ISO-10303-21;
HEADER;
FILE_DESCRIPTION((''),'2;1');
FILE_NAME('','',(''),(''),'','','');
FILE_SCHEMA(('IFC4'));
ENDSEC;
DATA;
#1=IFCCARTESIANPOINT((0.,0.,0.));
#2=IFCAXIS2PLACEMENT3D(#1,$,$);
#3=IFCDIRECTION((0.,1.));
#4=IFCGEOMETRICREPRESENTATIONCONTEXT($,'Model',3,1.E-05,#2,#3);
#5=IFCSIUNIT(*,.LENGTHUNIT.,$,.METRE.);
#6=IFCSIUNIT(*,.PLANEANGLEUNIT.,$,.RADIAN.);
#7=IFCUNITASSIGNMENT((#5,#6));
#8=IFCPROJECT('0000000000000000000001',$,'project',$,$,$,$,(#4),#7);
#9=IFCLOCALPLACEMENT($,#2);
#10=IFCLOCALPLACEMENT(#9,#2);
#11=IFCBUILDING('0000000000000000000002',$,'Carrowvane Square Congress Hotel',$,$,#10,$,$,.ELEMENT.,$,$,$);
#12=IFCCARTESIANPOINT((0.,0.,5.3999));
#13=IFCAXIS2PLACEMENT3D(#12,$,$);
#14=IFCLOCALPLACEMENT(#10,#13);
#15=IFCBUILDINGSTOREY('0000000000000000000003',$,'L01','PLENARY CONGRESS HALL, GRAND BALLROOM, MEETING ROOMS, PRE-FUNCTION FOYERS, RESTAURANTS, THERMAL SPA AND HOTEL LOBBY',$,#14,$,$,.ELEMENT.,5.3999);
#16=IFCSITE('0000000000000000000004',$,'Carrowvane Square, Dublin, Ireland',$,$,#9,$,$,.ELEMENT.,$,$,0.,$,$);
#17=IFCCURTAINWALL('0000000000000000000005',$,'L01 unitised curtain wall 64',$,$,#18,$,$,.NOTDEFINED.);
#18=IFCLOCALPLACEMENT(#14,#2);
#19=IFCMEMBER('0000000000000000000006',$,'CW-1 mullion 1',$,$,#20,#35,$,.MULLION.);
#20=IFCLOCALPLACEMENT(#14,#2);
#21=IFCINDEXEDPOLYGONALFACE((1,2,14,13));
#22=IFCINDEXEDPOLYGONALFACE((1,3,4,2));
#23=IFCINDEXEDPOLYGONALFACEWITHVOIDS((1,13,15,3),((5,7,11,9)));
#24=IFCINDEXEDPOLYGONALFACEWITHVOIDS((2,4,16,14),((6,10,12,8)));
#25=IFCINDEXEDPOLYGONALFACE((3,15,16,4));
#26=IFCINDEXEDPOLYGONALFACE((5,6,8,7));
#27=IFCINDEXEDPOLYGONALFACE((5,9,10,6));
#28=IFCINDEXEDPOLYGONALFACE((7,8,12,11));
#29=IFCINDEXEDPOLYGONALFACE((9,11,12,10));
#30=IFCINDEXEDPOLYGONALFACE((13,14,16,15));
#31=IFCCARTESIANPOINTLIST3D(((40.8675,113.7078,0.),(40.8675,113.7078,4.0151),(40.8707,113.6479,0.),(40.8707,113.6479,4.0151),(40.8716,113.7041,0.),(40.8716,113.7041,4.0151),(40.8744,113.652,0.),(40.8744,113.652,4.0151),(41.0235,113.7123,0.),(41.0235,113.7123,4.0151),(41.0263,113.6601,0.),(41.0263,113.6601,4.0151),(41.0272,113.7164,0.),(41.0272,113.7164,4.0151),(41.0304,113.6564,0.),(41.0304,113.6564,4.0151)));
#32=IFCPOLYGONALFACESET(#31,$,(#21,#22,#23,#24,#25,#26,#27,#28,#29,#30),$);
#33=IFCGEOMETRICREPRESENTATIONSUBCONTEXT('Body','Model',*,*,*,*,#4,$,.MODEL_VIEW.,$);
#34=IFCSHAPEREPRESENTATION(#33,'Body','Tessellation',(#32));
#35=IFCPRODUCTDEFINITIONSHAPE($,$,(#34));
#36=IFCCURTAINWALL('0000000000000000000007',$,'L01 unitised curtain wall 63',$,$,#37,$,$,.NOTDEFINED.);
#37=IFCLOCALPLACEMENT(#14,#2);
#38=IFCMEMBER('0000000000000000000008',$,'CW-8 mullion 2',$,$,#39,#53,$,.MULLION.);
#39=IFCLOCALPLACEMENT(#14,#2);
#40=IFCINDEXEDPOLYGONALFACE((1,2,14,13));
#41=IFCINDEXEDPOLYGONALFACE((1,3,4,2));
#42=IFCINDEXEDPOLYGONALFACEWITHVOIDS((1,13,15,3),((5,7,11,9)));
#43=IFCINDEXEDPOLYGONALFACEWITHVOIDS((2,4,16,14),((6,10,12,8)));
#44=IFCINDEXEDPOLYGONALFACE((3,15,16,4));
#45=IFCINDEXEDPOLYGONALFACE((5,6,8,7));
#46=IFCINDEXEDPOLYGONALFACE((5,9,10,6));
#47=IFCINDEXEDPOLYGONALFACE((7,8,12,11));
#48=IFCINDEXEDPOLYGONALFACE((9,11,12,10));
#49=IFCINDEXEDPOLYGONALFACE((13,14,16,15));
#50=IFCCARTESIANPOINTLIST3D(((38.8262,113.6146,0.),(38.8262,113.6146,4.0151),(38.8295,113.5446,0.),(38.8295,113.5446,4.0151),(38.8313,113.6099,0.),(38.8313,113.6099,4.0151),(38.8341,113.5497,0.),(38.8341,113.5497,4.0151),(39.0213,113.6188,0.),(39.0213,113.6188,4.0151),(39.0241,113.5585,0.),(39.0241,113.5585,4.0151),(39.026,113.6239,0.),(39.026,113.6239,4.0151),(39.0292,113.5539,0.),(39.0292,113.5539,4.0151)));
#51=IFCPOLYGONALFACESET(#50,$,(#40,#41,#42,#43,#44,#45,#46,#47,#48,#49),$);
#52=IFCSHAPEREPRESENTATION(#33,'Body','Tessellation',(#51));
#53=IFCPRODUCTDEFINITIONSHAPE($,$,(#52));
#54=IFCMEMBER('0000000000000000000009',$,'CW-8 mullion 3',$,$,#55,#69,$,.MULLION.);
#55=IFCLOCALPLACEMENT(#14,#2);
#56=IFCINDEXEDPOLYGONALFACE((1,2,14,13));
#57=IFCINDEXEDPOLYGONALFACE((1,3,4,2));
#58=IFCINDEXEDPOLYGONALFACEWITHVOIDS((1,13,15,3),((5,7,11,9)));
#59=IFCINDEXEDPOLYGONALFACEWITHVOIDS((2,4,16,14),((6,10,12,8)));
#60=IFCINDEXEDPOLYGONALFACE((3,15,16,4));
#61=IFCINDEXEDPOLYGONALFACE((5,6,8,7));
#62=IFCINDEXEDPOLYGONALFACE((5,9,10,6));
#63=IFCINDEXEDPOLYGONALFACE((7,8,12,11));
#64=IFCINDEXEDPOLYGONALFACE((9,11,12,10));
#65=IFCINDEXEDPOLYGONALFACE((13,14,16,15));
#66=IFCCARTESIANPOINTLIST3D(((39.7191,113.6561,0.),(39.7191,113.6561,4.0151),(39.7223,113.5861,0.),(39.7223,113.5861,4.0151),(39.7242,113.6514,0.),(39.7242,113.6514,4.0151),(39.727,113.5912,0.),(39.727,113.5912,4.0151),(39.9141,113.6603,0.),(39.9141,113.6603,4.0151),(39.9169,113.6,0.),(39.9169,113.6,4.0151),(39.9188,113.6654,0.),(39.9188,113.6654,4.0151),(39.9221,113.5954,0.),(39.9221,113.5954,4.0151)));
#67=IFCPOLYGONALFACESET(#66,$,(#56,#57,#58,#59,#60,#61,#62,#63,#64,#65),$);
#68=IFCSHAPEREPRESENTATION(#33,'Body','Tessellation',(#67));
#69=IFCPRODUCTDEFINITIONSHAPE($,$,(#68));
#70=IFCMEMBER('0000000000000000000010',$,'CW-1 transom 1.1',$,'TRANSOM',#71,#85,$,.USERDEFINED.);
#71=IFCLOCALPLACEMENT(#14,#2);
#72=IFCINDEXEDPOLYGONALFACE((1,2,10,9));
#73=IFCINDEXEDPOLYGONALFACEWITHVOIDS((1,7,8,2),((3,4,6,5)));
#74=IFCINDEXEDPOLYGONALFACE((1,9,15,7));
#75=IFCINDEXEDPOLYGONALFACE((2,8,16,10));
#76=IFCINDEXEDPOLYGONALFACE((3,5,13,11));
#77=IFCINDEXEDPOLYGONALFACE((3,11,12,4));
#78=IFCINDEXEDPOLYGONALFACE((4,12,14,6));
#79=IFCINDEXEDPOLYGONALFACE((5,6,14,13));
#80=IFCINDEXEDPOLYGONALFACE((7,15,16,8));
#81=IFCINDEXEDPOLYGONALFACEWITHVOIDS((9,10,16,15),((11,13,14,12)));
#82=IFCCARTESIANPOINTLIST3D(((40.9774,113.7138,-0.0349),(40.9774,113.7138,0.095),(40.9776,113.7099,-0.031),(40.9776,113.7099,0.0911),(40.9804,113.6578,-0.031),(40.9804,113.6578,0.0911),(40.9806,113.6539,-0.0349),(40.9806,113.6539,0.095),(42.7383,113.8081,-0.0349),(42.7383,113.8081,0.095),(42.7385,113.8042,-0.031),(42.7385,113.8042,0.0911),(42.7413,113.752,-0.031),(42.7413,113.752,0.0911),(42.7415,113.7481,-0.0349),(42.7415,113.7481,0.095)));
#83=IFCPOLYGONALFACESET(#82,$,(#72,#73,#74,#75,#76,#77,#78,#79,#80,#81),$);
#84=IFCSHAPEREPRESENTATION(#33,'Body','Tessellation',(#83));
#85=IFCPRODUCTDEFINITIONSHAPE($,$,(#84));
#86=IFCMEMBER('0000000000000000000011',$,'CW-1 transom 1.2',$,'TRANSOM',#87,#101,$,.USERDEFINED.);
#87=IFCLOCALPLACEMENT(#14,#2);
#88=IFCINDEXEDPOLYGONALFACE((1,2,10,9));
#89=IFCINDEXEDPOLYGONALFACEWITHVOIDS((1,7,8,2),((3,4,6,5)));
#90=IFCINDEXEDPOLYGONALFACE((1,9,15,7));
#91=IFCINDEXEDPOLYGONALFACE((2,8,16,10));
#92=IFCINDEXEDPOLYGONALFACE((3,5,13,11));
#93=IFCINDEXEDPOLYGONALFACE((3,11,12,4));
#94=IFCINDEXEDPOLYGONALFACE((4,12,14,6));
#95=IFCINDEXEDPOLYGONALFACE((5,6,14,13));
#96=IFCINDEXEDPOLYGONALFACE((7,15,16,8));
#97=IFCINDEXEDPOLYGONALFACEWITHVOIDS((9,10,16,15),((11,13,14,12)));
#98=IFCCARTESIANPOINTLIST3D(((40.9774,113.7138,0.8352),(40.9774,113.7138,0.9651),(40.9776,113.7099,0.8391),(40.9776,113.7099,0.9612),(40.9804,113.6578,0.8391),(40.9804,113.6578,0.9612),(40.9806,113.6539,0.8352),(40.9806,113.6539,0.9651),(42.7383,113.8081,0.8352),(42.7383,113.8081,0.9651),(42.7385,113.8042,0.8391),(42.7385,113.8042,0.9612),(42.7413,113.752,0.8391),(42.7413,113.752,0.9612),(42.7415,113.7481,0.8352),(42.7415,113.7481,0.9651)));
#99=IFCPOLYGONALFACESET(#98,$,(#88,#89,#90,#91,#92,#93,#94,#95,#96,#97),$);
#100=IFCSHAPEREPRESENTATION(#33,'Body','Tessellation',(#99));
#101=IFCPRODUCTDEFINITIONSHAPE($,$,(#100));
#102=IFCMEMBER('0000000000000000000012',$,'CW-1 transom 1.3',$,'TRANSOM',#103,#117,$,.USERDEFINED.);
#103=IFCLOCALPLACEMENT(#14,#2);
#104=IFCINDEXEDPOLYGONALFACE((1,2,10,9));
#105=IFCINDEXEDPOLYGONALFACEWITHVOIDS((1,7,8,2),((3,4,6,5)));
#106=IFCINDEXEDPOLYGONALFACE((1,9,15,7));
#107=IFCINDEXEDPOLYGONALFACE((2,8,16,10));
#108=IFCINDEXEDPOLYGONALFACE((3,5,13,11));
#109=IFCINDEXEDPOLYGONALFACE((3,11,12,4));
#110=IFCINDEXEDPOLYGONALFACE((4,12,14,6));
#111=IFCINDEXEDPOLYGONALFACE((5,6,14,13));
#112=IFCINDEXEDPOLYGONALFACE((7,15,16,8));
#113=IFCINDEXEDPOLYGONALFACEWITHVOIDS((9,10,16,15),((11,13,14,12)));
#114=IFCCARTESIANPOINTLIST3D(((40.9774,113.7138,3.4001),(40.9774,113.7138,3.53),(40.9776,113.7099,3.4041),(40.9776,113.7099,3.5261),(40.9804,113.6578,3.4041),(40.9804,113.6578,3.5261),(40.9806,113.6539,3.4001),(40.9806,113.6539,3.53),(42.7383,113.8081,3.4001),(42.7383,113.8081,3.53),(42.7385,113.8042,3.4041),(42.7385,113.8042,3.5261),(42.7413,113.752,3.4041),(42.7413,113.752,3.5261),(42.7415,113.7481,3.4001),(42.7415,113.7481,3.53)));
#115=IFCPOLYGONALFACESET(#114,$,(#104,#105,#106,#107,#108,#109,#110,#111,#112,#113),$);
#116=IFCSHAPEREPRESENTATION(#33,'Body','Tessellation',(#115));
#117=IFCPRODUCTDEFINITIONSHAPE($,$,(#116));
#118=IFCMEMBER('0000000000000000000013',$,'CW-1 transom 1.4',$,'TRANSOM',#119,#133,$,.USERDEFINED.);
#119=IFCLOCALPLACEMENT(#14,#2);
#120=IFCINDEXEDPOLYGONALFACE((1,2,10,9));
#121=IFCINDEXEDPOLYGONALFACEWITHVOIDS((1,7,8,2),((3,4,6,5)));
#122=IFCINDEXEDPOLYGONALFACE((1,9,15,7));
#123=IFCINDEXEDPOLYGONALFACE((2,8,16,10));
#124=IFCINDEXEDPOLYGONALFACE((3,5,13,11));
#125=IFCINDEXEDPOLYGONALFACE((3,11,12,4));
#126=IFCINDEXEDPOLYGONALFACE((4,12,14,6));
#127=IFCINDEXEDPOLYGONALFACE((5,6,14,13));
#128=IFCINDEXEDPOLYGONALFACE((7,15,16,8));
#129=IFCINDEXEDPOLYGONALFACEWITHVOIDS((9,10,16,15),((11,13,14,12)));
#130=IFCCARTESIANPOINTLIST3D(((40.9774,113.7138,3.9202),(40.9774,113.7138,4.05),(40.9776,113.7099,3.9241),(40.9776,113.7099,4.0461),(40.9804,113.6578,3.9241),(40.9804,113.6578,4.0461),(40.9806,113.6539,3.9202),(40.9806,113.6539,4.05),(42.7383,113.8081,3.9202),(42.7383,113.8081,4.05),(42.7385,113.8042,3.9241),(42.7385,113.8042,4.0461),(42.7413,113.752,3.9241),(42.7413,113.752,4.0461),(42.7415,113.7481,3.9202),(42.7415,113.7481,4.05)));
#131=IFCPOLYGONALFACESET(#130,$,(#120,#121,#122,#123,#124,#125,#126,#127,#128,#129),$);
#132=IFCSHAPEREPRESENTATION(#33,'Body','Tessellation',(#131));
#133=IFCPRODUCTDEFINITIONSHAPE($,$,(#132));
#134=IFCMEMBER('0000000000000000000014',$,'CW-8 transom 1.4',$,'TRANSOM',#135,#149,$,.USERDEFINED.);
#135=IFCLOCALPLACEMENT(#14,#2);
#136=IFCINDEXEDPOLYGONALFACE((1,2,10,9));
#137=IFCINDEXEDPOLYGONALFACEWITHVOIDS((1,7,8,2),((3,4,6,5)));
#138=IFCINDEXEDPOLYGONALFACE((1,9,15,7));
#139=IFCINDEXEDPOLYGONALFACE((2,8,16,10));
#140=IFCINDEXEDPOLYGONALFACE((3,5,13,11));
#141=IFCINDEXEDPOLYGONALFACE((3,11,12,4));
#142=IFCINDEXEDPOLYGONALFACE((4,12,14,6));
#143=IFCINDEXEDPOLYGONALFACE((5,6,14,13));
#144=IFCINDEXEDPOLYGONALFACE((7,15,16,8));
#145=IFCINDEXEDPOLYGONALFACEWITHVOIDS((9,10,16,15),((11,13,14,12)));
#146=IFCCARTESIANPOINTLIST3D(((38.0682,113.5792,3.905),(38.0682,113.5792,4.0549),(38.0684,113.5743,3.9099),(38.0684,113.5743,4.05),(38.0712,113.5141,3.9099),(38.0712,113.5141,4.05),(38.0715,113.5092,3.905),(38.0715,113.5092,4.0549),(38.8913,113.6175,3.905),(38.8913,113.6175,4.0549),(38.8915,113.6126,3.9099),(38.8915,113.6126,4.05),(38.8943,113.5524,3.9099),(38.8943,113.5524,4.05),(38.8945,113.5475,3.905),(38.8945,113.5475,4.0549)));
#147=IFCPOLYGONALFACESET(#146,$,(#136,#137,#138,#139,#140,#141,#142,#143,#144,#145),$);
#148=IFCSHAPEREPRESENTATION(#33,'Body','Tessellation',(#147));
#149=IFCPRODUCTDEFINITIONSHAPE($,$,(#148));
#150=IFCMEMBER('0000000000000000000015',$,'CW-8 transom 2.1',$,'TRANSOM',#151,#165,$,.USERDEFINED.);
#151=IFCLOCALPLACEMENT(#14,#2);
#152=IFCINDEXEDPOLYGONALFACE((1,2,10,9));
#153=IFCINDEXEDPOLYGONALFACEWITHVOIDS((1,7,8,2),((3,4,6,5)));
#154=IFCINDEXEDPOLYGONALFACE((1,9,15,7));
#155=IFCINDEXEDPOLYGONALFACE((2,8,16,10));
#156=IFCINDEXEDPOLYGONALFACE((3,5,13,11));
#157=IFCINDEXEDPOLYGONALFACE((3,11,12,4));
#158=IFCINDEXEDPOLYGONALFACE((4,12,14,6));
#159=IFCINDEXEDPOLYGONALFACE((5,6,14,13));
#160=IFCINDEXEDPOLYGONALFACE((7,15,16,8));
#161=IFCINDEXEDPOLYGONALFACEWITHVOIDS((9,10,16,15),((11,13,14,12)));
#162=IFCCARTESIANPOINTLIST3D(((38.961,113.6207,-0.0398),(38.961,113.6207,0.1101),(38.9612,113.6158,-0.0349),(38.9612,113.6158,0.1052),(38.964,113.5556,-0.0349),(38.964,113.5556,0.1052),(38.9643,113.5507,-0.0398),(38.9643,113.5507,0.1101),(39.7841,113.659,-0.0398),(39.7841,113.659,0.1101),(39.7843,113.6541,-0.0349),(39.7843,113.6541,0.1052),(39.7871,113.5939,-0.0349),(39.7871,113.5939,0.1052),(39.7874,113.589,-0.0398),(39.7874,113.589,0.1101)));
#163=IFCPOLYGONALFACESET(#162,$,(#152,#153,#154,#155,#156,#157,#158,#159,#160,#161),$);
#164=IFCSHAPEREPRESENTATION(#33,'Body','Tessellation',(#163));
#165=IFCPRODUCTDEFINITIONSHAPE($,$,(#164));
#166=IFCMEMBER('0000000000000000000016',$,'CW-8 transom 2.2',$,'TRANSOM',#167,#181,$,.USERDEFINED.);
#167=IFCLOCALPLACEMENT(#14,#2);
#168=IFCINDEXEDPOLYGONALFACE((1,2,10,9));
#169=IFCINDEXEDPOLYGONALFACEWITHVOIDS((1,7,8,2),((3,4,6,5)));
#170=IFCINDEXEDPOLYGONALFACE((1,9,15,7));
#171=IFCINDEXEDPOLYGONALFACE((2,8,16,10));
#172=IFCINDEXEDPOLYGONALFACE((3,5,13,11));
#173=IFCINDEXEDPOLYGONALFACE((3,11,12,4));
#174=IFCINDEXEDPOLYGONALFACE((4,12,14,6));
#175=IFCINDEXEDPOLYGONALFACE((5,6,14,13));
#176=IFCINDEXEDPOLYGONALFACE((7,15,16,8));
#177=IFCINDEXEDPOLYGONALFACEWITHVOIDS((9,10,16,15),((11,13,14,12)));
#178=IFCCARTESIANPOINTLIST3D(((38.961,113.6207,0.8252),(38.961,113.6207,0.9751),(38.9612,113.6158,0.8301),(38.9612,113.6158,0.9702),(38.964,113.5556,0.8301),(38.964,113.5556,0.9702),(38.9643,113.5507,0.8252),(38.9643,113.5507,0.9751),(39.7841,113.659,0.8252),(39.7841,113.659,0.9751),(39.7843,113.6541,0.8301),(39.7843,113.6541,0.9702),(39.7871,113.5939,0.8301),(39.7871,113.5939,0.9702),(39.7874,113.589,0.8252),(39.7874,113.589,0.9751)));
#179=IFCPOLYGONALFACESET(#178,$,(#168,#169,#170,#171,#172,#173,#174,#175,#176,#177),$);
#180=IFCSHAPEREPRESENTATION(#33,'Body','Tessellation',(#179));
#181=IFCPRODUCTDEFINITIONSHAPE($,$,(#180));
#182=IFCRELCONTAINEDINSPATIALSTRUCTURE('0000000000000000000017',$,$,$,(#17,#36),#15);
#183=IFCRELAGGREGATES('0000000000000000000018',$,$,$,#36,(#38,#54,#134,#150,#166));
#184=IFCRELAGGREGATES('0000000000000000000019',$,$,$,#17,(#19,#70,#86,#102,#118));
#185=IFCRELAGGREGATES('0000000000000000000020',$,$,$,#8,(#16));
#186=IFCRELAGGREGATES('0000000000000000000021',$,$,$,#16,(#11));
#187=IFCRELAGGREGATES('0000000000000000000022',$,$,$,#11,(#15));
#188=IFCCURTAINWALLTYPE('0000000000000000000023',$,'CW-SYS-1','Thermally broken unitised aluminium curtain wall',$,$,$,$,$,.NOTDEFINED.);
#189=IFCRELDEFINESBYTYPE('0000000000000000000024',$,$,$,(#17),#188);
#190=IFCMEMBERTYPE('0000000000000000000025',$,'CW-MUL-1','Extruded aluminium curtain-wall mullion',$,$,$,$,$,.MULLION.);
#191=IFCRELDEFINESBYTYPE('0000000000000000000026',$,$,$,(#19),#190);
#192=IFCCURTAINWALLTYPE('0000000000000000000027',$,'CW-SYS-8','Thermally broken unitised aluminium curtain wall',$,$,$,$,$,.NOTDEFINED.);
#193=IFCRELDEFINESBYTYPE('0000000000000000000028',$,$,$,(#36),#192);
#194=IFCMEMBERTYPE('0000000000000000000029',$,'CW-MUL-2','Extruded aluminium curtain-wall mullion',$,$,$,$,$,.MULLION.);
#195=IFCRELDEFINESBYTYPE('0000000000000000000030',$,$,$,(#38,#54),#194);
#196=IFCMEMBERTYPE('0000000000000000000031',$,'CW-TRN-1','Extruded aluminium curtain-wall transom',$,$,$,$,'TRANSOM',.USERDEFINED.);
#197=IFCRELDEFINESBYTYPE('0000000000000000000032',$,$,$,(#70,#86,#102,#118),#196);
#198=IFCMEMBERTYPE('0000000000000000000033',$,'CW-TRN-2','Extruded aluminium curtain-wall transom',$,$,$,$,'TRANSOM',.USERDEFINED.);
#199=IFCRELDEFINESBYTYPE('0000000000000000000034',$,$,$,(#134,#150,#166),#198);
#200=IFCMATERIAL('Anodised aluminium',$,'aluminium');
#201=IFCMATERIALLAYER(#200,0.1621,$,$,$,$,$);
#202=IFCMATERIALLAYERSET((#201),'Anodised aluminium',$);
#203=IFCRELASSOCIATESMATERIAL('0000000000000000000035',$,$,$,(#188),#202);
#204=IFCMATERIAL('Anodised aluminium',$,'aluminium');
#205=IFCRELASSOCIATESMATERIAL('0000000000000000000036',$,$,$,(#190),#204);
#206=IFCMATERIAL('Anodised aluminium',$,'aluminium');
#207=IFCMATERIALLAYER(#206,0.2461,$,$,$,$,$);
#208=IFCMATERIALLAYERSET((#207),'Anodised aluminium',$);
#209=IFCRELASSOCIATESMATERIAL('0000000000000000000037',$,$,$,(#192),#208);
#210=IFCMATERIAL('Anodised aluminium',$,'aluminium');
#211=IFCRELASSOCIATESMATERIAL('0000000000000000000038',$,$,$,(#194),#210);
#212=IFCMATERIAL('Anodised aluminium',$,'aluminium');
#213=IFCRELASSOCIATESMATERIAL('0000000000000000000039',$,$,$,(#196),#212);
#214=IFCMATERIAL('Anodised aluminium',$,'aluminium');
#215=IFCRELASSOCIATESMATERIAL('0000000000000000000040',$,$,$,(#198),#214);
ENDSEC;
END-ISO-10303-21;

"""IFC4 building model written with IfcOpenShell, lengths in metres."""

from ifc_helpers import new_model, si_unit, direction, frame, origin, origin_2d, place, context, subcontext, project, spatial, hollow_rectangle, extrude, material, layer, layer_set, material_profile, profile_set, type_object, element, aggregate, save


model = new_model("IFC4")

# Units and contexts
model_context = context("Model", 3, precision=1e-05, world=origin(), true_north=direction((0.0, 1.0)))
body_context = subcontext(model_context, "Body", "Model", "MODEL_VIEW")
ifc_project = project(units=[si_unit("LENGTHUNIT", "METRE"), si_unit("PLANEANGLEUNIT", "RADIAN")], contexts=[model_context])

# Site, building, storey
site_placement = place(None, origin())
site = spatial("IfcSite", under=ifc_project, at=site_placement, Name="Carrowvane Square, Dublin, Ireland", CompositionType="ELEMENT", RefElevation=0.0)
building_placement = place(site_placement, origin())
building = spatial("IfcBuilding", under=site, at=building_placement, Name="Carrowvane Square Congress Hotel", CompositionType="ELEMENT")
storey_placement = place(building_placement, frame((0.0, 0.0, 5.3999)))
storey = spatial("IfcBuildingStorey", under=building, at=storey_placement, Name="L01", Description="PLENARY CONGRESS HALL, GRAND BALLROOM, MEETING ROOMS, PRE-FUNCTION FOYERS, RESTAURANTS, THERMAL SPA AND HOTEL LOBBY", CompositionType="ELEMENT", Elevation=5.3999)

# Curtain wall, member
ifc_material_1 = material(Name="Anodised aluminium", Category="aluminium")
ifc_layer_1 = layer(ifc_material_1, 0.1621)
ifc_layer_set_1 = layer_set([ifc_layer_1], Name="Anodised aluminium")
curtain_wall_type_1 = type_object("IfcCurtainWallType", Name="CW-SYS-1", Description="Thermally broken unitised aluminium curtain wall", PredefinedType="NOTDEFINED", material=ifc_layer_set_1)
curtain_wall_1_placement = place(storey_placement, origin())
curtain_wall_1 = element("IfcCurtainWall", 1, at=curtain_wall_1_placement, inside=storey, type_object=curtain_wall_type_1, Name="L01 unitised curtain wall 64", PredefinedType="NOTDEFINED")
ifc_material_2 = material(Name="Anodised aluminium", Category="aluminium")
ifc_material_profile_1 = material_profile(ifc_material_2, hollow_rectangle(XDim=0.0601, YDim=0.1599, WallThickness=0.0039, at=origin_2d()), Name="CW-ML 60x160x4")
ifc_profile_set_1 = profile_set([ifc_material_profile_1], Name="Anodised aluminium")
member_type_1 = type_object("IfcMemberType", Name="CW-MUL-1", Description="Extruded aluminium curtain-wall mullion", PredefinedType="MULLION", material=ifc_profile_set_1)
member_1_placement = place(storey_placement, frame((40.949, 113.6821, 0.0), z_axis=(0.0, 0.0, 1.0), x_axis=(-0.053515, 0.998567, 0.0)))
member_1 = element("IfcMember", 2, at=member_1_placement, type_object=member_type_1, Name="CW-1 mullion 1", PredefinedType="MULLION", context=body_context, shape_type="SweptSolid", body=[
    extrude(hollow_rectangle(XDim=0.0601, YDim=0.1599, WallThickness=0.0039, at=origin_2d()), origin(), (0.0, 0.0, 1.0), 4.0151),
])

# Curtain wall, members
ifc_material_3 = material(Name="Anodised aluminium", Category="aluminium")
ifc_layer_2 = layer(ifc_material_3, 0.2461)
ifc_layer_set_2 = layer_set([ifc_layer_2], Name="Anodised aluminium")
curtain_wall_type_2 = type_object("IfcCurtainWallType", Name="CW-SYS-8", Description="Thermally broken unitised aluminium curtain wall", PredefinedType="NOTDEFINED", material=ifc_layer_set_2)
curtain_wall_2_placement = place(storey_placement, origin())
curtain_wall_2 = element("IfcCurtainWall", 3, at=curtain_wall_2_placement, inside=storey, type_object=curtain_wall_type_2, Name="L01 unitised curtain wall 63", PredefinedType="NOTDEFINED")
ifc_material_4 = material(Name="Anodised aluminium", Category="aluminium")
ifc_material_profile_2 = material_profile(ifc_material_4, hollow_rectangle(XDim=0.0701, YDim=0.2, WallThickness=0.0049, at=origin_2d()), Name="CW-ML 70x200x5")
ifc_profile_set_2 = profile_set([ifc_material_profile_2], Name="Anodised aluminium")
member_type_2 = type_object("IfcMemberType", Name="CW-MUL-2", Description="Extruded aluminium curtain-wall mullion", PredefinedType="MULLION", material=ifc_profile_set_2)
member_2_placement = place(storey_placement, frame((38.9277, 113.5842, 0.0), z_axis=(0.0, 0.0, 1.0), x_axis=(-0.046517, 0.998917, 0.0)))
member_2 = element("IfcMember", 4, at=member_2_placement, type_object=member_type_2, Name="CW-8 mullion 2", PredefinedType="MULLION", context=body_context, shape_type="SweptSolid", body=[
    extrude(hollow_rectangle(XDim=0.0701, YDim=0.2, WallThickness=0.0049, at=origin_2d()), origin(), (0.0, 0.0, 1.0), 4.0151),
])
member_3_placement = place(storey_placement, frame((39.8206, 113.6257, 0.0), z_axis=(0.0, 0.0, 1.0), x_axis=(-0.046517, 0.998917, 0.0)))
member_3 = element("IfcMember", 5, at=member_3_placement, type_object=member_type_2, Name="CW-8 mullion 3", PredefinedType="MULLION", context=body_context, shape_type="SweptSolid", body=[
    extrude(hollow_rectangle(XDim=0.0701, YDim=0.2, WallThickness=0.0049, at=origin_2d()), origin(), (0.0, 0.0, 1.0), 4.0151),
])

# Members
ifc_material_5 = material(Name="Anodised aluminium", Category="aluminium")
ifc_material_profile_3 = material_profile(ifc_material_5, hollow_rectangle(XDim=0.0601, YDim=0.1299, WallThickness=0.0039, at=origin_2d()), Name="CW-TR 60x130x4")
ifc_profile_set_3 = profile_set([ifc_material_profile_3], Name="Anodised aluminium")
member_type_3 = type_object("IfcMemberType", Name="CW-TRN-1", Description="Extruded aluminium curtain-wall transom", ElementType="TRANSOM", PredefinedType="USERDEFINED", material=ifc_profile_set_3)
member_4_placement = place(storey_placement, frame((40.979, 113.6838, 0.03), z_axis=(0.998571, 0.053438, 0.0), x_axis=(-0.053438, 0.998571, 0.0)))
member_4 = element("IfcMember", 6, at=member_4_placement, type_object=member_type_3, Name="CW-1 transom 1.1", ObjectType="TRANSOM", PredefinedType="USERDEFINED", context=body_context, shape_type="SweptSolid", body=[
    extrude(hollow_rectangle(XDim=0.0601, YDim=0.1299, WallThickness=0.0039, at=origin_2d()), origin(), (0.0, 0.0, 1.0), 1.7634),
])
member_5_placement = place(storey_placement, frame((40.979, 113.6838, 0.9001), z_axis=(0.998571, 0.053438, 0.0), x_axis=(-0.053438, 0.998571, 0.0)))
member_5 = element("IfcMember", 7, at=member_5_placement, type_object=member_type_3, Name="CW-1 transom 1.2", ObjectType="TRANSOM", PredefinedType="USERDEFINED", context=body_context, shape_type="SweptSolid", body=[
    extrude(hollow_rectangle(XDim=0.0601, YDim=0.1299, WallThickness=0.0039, at=origin_2d()), origin(), (0.0, 0.0, 1.0), 1.7634),
])
member_6_placement = place(storey_placement, frame((40.979, 113.6838, 3.4651), z_axis=(0.998571, 0.053438, 0.0), x_axis=(-0.053438, 0.998571, 0.0)))
member_6 = element("IfcMember", 8, at=member_6_placement, type_object=member_type_3, Name="CW-1 transom 1.3", ObjectType="TRANSOM", PredefinedType="USERDEFINED", context=body_context, shape_type="SweptSolid", body=[
    extrude(hollow_rectangle(XDim=0.0601, YDim=0.1299, WallThickness=0.0039, at=origin_2d()), origin(), (0.0, 0.0, 1.0), 1.7634),
])
member_7_placement = place(storey_placement, frame((40.979, 113.6838, 3.9851), z_axis=(0.998571, 0.053438, 0.0), x_axis=(-0.053438, 0.998571, 0.0)))
member_7 = element("IfcMember", 9, at=member_7_placement, type_object=member_type_3, Name="CW-1 transom 1.4", ObjectType="TRANSOM", PredefinedType="USERDEFINED", context=body_context, shape_type="SweptSolid", body=[
    extrude(hollow_rectangle(XDim=0.0601, YDim=0.1299, WallThickness=0.0039, at=origin_2d()), origin(), (0.0, 0.0, 1.0), 1.7634),
])
ifc_material_6 = material(Name="Anodised aluminium", Category="aluminium")
ifc_material_profile_4 = material_profile(ifc_material_6, hollow_rectangle(XDim=0.0701, YDim=0.1499, WallThickness=0.0049, at=origin_2d()), Name="CW-TR 70x150x5")
ifc_profile_set_4 = profile_set([ifc_material_profile_4], Name="Anodised aluminium")
member_type_4 = type_object("IfcMemberType", Name="CW-TRN-2", Description="Extruded aluminium curtain-wall transom", ElementType="TRANSOM", PredefinedType="USERDEFINED", material=ifc_profile_set_4)
member_8_placement = place(storey_placement, frame((38.0698, 113.5442, 3.98), z_axis=(0.998917, 0.046523, 0.0), x_axis=(-0.046523, 0.998917, 0.0)))
member_8 = element("IfcMember", 10, at=member_8_placement, type_object=member_type_4, Name="CW-8 transom 1.4", ObjectType="TRANSOM", PredefinedType="USERDEFINED", context=body_context, shape_type="SweptSolid", body=[
    extrude(hollow_rectangle(XDim=0.0701, YDim=0.1499, WallThickness=0.0049, at=origin_2d()), origin(), (0.0, 0.0, 1.0), 0.824),
])
member_9_placement = place(storey_placement, frame((38.9626, 113.5857, 0.0352), z_axis=(0.998917, 0.046523, 0.0), x_axis=(-0.046523, 0.998917, 0.0)))
member_9 = element("IfcMember", 11, at=member_9_placement, type_object=member_type_4, Name="CW-8 transom 2.1", ObjectType="TRANSOM", PredefinedType="USERDEFINED", context=body_context, shape_type="SweptSolid", body=[
    extrude(hollow_rectangle(XDim=0.0701, YDim=0.1499, WallThickness=0.0049, at=origin_2d()), origin(), (0.0, 0.0, 1.0), 0.824),
])
member_10_placement = place(storey_placement, frame((38.9626, 113.5857, 0.9001), z_axis=(0.998917, 0.046523, 0.0), x_axis=(-0.046523, 0.998917, 0.0)))
member_10 = element("IfcMember", 12, at=member_10_placement, type_object=member_type_4, Name="CW-8 transom 2.2", ObjectType="TRANSOM", PredefinedType="USERDEFINED", context=body_context, shape_type="SweptSolid", body=[
    extrude(hollow_rectangle(XDim=0.0701, YDim=0.1499, WallThickness=0.0049, at=origin_2d()), origin(), (0.0, 0.0, 1.0), 0.824),
])

aggregate(curtain_wall_2, [member_2, member_3, member_8, member_9, member_10])
aggregate(curtain_wall_1, [member_1, member_4, member_5, member_6, member_7])

save(model, "model.ifc")
